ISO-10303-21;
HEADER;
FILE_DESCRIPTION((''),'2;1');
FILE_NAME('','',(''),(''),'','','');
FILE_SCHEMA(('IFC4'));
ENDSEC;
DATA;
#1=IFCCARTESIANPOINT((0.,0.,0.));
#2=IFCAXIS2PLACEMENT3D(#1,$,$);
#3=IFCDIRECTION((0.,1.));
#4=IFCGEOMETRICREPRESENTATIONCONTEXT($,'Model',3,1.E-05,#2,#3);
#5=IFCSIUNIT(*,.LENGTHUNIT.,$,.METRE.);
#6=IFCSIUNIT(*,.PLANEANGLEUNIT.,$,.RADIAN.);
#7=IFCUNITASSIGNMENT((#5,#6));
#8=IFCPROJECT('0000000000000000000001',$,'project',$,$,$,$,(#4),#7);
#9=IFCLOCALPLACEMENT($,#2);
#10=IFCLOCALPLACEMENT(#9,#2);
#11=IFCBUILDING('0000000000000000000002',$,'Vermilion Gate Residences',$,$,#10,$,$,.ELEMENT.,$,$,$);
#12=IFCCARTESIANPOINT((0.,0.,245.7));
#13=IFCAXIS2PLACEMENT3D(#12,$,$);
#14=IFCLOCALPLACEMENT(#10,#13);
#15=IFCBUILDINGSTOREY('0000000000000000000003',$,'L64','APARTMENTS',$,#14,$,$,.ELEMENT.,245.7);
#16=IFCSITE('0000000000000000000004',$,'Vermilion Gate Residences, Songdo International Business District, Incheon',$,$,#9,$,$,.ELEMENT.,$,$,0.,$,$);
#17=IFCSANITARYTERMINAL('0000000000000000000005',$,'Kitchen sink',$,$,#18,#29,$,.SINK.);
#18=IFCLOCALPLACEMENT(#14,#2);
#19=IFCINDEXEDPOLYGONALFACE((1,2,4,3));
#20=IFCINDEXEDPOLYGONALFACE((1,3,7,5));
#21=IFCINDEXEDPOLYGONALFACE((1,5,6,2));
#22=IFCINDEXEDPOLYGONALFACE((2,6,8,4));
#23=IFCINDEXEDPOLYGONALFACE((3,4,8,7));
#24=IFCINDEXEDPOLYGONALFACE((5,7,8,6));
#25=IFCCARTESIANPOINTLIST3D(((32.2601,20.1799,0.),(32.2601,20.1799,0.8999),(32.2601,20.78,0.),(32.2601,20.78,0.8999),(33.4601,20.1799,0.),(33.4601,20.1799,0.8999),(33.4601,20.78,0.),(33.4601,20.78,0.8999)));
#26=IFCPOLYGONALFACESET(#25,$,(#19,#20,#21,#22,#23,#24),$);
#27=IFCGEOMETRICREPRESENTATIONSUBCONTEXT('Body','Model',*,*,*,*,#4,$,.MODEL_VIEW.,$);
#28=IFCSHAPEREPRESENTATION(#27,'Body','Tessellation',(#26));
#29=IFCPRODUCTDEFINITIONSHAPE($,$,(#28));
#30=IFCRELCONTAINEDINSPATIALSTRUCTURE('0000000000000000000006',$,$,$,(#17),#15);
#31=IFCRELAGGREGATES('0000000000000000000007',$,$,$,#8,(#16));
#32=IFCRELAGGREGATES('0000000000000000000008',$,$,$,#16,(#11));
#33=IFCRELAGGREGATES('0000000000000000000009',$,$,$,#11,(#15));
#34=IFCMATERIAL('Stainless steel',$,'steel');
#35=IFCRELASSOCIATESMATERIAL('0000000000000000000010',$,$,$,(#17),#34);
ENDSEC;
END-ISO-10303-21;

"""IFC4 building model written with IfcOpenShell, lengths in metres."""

from ifc_helpers import new_model, si_unit, direction, frame, origin, origin_2d, place, context, subcontext, project, spatial, rectangle, extrude, material, element, save


model = new_model("IFC4")

# Units and contexts
model_context = context("Model", 3, precision=1e-05, world=origin(), true_north=direction((0.0, 1.0)))
body_context = subcontext(model_context, "Body", "Model", "MODEL_VIEW")
ifc_project = project(units=[si_unit("LENGTHUNIT", "METRE"), si_unit("PLANEANGLEUNIT", "RADIAN")], contexts=[model_context])

# Site, building, storey
site_placement = place(None, origin())
site = spatial("IfcSite", under=ifc_project, at=site_placement, Name="Vermilion Gate Residences, Songdo International Business District, Incheon", CompositionType="ELEMENT", RefElevation=0.0)
building_placement = place(site_placement, origin())
building = spatial("IfcBuilding", under=site, at=building_placement, Name="Vermilion Gate Residences", CompositionType="ELEMENT")
storey_placement = place(building_placement, frame((0.0, 0.0, 245.7)))
storey = spatial("IfcBuildingStorey", under=building, at=storey_placement, Name="L64", Description="APARTMENTS", CompositionType="ELEMENT", Elevation=245.7)

# Sanitary terminal
ifc_material_1 = material(Name="Stainless steel", Category="steel")
sanitary_terminal_1_placement = place(storey_placement, frame((32.8601, 20.48, 0.0), z_axis=(0.0, 0.0, 1.0), x_axis=(1.0, 0.0, 0.0)))
element("IfcSanitaryTerminal", 1, at=sanitary_terminal_1_placement, inside=storey, material=ifc_material_1, Name="Kitchen sink", PredefinedType="SINK", context=body_context, shape_type="SweptSolid", body=[
    extrude(rectangle(XDim=1.2, YDim=0.6001, at=origin_2d()), origin(), (0.0, 0.0, 1.0), 0.8999),
])

save(model, "model.ifc")
